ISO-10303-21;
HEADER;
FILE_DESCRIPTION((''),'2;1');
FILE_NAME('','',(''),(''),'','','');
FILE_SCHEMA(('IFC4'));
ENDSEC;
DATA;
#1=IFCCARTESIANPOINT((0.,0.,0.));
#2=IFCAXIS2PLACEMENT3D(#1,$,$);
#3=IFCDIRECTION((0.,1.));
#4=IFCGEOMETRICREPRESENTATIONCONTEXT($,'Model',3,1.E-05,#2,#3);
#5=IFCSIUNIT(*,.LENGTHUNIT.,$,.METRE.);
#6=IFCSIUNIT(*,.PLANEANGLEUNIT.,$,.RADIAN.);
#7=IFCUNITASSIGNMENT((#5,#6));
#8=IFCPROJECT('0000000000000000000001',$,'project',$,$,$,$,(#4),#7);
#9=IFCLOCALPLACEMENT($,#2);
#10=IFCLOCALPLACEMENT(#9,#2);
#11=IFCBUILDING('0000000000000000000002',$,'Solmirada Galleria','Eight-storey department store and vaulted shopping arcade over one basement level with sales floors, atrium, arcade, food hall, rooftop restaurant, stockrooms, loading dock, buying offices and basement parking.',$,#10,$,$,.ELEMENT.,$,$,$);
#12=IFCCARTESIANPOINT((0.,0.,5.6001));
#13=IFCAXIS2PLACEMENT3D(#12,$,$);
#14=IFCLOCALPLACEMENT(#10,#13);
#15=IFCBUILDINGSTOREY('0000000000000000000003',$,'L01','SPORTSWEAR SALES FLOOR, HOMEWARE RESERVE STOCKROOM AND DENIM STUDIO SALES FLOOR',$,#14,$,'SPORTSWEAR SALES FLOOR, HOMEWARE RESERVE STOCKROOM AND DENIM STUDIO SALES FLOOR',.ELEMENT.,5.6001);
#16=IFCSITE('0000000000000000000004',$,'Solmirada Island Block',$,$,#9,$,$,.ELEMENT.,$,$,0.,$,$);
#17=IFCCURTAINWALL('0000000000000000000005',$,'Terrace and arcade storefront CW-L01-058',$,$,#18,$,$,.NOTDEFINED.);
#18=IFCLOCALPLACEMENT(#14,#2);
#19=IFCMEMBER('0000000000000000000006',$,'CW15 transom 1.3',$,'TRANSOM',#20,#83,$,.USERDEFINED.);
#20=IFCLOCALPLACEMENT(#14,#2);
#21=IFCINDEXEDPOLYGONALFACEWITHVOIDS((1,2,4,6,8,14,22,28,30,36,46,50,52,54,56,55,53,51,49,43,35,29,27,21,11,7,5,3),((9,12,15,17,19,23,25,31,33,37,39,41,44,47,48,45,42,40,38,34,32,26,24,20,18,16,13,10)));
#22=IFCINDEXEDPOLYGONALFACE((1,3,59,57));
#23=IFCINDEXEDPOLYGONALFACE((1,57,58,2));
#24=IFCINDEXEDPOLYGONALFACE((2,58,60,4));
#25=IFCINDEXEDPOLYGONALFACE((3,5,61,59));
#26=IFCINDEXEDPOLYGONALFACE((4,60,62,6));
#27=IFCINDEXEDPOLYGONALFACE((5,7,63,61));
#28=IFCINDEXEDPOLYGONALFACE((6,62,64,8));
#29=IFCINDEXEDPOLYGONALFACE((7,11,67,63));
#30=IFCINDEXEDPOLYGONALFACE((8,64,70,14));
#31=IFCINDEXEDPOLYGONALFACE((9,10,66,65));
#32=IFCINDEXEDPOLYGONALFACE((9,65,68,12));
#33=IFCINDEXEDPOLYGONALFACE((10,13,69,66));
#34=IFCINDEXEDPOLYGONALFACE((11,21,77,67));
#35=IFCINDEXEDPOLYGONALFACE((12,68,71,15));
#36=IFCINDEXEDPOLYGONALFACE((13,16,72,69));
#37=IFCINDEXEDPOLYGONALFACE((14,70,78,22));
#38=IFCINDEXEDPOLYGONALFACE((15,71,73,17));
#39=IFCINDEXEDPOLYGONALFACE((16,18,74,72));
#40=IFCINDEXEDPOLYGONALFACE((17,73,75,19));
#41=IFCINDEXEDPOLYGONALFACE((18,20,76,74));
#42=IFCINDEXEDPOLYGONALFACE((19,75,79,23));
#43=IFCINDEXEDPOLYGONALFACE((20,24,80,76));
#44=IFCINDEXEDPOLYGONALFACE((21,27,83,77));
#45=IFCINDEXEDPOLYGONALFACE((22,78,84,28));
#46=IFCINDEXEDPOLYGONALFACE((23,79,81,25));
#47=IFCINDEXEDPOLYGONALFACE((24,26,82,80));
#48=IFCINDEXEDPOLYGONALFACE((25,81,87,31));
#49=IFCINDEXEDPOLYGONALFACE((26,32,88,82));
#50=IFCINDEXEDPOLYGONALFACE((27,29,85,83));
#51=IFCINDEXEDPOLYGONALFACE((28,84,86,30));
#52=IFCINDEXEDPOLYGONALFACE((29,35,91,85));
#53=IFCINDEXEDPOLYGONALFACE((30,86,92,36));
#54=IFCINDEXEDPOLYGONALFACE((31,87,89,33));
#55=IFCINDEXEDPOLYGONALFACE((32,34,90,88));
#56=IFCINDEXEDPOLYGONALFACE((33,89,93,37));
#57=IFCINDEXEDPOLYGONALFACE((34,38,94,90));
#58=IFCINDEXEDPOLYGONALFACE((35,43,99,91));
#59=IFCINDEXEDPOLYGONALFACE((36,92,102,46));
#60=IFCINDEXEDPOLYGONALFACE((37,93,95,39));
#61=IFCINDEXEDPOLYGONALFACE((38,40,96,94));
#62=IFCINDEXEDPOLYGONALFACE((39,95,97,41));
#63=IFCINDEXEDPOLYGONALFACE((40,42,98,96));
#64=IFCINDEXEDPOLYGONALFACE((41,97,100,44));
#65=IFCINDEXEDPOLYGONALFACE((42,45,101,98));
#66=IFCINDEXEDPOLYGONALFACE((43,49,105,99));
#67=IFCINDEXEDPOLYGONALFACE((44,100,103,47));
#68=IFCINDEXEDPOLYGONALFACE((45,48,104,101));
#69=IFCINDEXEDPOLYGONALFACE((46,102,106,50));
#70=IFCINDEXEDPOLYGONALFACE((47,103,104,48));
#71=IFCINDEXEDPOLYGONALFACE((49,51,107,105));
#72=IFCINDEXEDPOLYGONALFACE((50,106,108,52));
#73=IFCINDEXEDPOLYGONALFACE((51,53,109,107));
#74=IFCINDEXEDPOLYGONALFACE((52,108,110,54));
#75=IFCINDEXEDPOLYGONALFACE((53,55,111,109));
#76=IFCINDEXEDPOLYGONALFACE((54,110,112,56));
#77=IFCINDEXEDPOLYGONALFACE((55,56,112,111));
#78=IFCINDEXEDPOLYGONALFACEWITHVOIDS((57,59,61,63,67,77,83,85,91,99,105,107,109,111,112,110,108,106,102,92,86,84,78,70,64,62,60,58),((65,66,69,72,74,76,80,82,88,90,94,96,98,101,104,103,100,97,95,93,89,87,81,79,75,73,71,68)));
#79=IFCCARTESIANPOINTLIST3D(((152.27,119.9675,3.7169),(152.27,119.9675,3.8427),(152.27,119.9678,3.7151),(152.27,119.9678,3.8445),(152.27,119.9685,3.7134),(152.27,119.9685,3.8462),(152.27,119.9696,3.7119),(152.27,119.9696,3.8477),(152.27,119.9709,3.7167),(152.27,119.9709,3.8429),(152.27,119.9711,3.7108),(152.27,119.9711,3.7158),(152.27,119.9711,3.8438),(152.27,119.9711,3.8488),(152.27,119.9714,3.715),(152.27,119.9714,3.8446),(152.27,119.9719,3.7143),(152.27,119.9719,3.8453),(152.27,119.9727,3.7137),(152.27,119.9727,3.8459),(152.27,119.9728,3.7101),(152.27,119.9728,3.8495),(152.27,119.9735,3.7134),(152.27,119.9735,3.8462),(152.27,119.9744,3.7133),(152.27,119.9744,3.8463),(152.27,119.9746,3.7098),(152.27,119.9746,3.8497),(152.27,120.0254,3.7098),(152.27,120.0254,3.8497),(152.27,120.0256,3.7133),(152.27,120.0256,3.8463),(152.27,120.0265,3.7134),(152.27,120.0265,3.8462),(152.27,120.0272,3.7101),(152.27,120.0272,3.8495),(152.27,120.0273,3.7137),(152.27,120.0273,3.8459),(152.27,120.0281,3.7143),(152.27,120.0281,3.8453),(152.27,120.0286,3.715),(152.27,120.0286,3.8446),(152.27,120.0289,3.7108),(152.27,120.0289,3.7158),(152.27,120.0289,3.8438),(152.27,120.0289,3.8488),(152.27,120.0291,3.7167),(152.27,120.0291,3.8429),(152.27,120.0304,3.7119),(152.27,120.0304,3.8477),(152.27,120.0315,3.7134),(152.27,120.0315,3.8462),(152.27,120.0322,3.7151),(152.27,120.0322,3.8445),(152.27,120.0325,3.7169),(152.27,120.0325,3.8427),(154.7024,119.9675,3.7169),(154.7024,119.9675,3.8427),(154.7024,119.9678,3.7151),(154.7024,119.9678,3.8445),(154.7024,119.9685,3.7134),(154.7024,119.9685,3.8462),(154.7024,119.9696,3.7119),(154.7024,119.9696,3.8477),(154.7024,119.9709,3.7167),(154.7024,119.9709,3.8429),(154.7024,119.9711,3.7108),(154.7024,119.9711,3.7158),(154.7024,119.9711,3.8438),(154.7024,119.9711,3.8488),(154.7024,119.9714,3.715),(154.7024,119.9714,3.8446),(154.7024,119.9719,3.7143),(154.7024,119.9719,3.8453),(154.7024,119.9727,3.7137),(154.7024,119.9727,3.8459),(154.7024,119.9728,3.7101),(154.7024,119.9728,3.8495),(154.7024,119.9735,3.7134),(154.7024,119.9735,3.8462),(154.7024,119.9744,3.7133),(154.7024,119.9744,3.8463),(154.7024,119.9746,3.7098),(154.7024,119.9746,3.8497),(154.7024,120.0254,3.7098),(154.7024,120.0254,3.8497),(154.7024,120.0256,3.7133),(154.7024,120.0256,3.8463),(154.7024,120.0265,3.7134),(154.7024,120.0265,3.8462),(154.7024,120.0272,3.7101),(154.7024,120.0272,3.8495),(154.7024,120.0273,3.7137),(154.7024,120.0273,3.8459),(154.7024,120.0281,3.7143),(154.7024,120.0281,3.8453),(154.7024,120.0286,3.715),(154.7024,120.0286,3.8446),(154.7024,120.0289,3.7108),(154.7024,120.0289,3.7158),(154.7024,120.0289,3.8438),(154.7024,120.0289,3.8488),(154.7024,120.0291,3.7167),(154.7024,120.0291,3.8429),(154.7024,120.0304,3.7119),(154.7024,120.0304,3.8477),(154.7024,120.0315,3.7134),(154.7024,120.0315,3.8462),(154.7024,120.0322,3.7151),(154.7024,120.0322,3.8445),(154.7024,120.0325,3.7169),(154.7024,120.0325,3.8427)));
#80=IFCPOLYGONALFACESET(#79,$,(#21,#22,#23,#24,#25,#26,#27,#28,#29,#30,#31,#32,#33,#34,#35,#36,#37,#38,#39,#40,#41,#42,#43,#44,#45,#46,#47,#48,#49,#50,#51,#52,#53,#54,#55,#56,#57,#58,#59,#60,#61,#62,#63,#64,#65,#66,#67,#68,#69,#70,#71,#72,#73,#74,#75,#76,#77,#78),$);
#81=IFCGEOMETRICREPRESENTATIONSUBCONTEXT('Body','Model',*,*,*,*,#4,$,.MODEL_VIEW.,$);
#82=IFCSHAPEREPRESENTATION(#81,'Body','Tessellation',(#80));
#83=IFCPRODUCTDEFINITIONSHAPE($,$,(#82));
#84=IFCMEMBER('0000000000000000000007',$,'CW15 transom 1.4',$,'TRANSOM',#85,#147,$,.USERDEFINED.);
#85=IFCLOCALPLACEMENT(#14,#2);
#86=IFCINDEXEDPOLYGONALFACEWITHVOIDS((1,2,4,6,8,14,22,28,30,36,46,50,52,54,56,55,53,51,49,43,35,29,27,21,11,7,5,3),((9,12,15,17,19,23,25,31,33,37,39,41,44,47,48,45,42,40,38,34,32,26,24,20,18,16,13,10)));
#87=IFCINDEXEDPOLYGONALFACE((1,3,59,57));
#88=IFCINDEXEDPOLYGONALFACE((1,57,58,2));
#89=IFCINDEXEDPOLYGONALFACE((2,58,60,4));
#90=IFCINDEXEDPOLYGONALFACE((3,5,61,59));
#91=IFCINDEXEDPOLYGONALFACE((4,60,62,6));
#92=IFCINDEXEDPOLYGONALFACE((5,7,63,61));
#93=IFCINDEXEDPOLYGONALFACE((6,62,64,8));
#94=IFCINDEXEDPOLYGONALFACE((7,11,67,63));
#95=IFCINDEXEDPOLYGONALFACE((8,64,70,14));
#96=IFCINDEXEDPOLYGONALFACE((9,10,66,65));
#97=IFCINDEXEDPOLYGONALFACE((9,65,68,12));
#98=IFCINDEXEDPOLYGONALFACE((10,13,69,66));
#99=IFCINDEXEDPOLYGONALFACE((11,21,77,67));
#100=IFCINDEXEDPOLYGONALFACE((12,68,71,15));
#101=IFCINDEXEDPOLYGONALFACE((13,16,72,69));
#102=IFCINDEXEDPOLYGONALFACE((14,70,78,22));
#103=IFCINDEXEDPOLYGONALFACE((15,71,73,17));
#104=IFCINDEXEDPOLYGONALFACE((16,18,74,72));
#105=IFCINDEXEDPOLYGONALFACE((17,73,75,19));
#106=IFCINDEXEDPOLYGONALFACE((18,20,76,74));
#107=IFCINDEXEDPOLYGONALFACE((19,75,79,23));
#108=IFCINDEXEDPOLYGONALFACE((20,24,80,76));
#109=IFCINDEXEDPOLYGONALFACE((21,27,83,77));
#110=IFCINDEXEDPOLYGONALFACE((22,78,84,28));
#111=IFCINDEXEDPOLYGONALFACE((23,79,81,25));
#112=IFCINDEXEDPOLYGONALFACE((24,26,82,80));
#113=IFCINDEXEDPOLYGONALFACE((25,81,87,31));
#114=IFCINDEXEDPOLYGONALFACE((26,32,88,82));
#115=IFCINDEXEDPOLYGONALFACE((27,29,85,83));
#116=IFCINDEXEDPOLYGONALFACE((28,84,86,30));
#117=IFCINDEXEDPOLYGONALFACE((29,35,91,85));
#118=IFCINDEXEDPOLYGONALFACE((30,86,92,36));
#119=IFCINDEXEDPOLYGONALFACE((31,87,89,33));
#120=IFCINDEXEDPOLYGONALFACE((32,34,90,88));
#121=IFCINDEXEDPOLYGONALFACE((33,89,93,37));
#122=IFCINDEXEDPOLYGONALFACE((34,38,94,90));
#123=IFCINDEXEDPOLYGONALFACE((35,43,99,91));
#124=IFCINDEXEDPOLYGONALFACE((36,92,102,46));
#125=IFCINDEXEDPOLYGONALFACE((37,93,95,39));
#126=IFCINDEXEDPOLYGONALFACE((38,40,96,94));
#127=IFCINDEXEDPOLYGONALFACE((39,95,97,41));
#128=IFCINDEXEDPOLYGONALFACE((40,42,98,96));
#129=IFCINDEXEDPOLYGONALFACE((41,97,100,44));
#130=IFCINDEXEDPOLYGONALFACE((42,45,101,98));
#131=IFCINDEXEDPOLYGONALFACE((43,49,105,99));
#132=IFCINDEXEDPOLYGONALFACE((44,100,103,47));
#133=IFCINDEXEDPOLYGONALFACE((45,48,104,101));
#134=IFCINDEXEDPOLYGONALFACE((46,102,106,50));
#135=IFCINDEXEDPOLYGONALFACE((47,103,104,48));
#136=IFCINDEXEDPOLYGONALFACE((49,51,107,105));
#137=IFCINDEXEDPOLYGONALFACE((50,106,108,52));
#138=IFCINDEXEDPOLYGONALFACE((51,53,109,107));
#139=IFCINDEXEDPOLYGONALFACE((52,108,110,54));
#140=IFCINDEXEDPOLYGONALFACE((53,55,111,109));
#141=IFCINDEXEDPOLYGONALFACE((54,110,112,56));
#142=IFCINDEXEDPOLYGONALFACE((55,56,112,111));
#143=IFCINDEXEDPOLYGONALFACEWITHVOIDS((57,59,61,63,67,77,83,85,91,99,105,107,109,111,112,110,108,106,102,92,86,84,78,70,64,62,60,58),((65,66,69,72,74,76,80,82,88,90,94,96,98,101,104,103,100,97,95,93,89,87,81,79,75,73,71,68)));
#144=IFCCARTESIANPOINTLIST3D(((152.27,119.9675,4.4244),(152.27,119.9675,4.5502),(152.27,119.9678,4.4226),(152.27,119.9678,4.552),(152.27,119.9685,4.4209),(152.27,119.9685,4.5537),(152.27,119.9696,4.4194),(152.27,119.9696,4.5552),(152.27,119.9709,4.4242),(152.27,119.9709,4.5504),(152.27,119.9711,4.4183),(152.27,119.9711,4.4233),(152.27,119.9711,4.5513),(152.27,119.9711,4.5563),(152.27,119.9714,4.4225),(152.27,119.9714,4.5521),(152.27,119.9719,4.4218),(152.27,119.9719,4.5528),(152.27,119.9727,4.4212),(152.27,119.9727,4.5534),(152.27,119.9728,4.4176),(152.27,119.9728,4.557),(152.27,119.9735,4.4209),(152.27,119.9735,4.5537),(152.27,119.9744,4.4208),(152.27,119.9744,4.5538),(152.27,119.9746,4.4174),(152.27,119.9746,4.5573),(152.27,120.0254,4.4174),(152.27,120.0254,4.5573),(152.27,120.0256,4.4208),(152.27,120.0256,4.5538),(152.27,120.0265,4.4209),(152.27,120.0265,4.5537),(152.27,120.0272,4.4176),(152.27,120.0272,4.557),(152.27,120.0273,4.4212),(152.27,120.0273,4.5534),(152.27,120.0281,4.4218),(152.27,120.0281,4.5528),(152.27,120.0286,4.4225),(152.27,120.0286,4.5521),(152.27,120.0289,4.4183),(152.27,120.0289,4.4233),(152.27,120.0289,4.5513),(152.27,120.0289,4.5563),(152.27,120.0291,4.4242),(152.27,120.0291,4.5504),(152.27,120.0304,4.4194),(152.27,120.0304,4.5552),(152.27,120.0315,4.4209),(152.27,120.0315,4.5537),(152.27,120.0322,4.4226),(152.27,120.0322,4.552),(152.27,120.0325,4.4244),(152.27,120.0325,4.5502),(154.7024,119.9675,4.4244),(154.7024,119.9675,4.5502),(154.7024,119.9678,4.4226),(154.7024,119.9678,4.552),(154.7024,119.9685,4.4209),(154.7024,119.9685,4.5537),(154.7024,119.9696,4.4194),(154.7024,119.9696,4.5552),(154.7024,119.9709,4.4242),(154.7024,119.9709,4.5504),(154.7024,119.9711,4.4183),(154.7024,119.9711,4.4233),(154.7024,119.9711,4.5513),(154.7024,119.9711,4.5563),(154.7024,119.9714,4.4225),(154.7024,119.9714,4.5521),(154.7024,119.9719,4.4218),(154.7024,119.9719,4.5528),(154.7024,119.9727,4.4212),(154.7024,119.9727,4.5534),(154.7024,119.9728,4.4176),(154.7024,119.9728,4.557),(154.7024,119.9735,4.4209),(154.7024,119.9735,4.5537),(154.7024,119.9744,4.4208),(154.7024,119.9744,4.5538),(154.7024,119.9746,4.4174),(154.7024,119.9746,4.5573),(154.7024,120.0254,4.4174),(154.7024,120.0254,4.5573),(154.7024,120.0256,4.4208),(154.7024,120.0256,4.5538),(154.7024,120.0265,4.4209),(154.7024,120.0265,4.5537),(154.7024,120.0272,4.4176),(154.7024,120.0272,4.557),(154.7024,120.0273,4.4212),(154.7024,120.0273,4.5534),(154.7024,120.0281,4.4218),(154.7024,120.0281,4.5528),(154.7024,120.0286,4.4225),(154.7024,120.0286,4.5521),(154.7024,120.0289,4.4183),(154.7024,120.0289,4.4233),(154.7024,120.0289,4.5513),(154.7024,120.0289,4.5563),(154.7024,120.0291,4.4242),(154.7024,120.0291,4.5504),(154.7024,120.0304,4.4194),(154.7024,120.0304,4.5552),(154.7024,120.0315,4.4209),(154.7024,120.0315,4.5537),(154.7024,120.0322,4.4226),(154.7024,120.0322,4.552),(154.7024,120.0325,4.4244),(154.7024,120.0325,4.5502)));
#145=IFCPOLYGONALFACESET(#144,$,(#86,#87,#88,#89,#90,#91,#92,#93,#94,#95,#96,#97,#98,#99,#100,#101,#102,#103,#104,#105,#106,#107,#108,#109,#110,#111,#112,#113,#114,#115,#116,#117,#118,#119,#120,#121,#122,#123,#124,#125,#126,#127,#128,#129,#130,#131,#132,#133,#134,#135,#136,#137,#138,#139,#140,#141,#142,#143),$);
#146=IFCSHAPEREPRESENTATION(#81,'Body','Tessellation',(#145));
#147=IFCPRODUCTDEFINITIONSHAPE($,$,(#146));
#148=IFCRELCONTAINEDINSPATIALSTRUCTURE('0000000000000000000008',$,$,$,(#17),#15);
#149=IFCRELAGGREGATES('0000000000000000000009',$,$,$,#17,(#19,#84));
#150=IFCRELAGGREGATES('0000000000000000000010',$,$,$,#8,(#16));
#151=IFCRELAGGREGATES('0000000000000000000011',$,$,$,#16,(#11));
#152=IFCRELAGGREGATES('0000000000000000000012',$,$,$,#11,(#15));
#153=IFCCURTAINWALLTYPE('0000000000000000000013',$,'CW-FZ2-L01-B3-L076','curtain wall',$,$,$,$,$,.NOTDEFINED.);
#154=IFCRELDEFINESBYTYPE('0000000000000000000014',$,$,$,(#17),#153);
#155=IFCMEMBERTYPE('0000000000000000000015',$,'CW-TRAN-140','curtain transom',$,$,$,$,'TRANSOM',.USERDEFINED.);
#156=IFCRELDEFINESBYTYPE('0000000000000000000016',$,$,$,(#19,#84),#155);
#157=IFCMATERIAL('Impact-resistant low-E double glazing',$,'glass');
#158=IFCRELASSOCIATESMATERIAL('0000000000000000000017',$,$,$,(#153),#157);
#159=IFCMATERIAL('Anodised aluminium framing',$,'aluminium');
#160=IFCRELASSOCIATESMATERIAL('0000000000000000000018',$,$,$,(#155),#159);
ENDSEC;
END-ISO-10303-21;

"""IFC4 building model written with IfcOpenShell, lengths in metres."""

from ifc_helpers import new_model, si_unit, direction, frame, origin, origin_2d, place, context, subcontext, project, spatial, hollow_rectangle, extrude, material, material_profile, profile_set, type_object, element, aggregate, save


model = new_model("IFC4")

# Units and contexts
model_context = context("Model", 3, precision=1e-05, world=origin(), true_north=direction((0.0, 1.0)))
body_context = subcontext(model_context, "Body", "Model", "MODEL_VIEW")
ifc_project = project(units=[si_unit("LENGTHUNIT", "METRE"), si_unit("PLANEANGLEUNIT", "RADIAN")], contexts=[model_context])

# Site, building, storey
site_placement = place(None, origin())
site = spatial("IfcSite", under=ifc_project, at=site_placement, Name="Solmirada Island Block", CompositionType="ELEMENT", RefElevation=0.0)
building_placement = place(site_placement, origin())
building = spatial("IfcBuilding", under=site, at=building_placement, Name="Solmirada Galleria", Description="Eight-storey department store and vaulted shopping arcade over one basement level with sales floors, atrium, arcade, food hall, rooftop restaurant, stockrooms, loading dock, buying offices and basement parking.", CompositionType="ELEMENT")
storey_placement = place(building_placement, frame((0.0, 0.0, 5.6001)))
storey = spatial("IfcBuildingStorey", under=building, at=storey_placement, Name="L01", Description="SPORTSWEAR SALES FLOOR, HOMEWARE RESERVE STOCKROOM AND DENIM STUDIO SALES FLOOR", LongName="SPORTSWEAR SALES FLOOR, HOMEWARE RESERVE STOCKROOM AND DENIM STUDIO SALES FLOOR", CompositionType="ELEMENT", Elevation=5.6001)

# Curtain wall, members
ifc_material_1 = material(Name="Impact-resistant low-E double glazing", Category="glass")
curtain_wall_type = type_object("IfcCurtainWallType", Name="CW-FZ2-L01-B3-L076", Description="curtain wall", PredefinedType="NOTDEFINED", material=ifc_material_1)
curtain_wall_placement = place(storey_placement, origin())
curtain_wall = element("IfcCurtainWall", 1, at=curtain_wall_placement, inside=storey, type_object=curtain_wall_type, Name="Terrace and arcade storefront CW-L01-058", PredefinedType="NOTDEFINED")
ifc_material_2 = material(Name="Anodised aluminium framing", Category="aluminium")
ifc_material_profile_1 = material_profile(ifc_material_2, hollow_rectangle(XDim=0.0649, YDim=0.1399, WallThickness=0.0034, InnerFilletRadius=0.0034, OuterFilletRadius=0.0071, at=origin_2d()), Name="ALU-TRAN-140X65")
ifc_profile_set_1 = profile_set([ifc_material_profile_1], Name="Anodised aluminium framing")
member_type_1 = type_object("IfcMemberType", Name="CW-TRAN-140", Description="curtain transom", ElementType="TRANSOM", PredefinedType="USERDEFINED", material=ifc_profile_set_1)
member_1_placement = place(storey_placement, frame((152.27, 120.0, 3.7798), z_axis=(1.0, 0.0, 0.0), x_axis=(0.0, 1.0, 0.0)))
member_1 = element("IfcMember", 2, at=member_1_placement, type_object=member_type_1, Name="CW15 transom 1.3", ObjectType="TRANSOM", PredefinedType="USERDEFINED", context=body_context, shape_type="SweptSolid", body=[
    extrude(hollow_rectangle(XDim=0.0649, YDim=0.1399, WallThickness=0.0034, InnerFilletRadius=0.0034, OuterFilletRadius=0.0071, at=origin_2d()), origin(), (0.0, 0.0, 1.0), 2.4324),
])
member_2_placement = place(storey_placement, frame((152.27, 120.0, 4.4873), z_axis=(1.0, 0.0, 0.0), x_axis=(0.0, 1.0, 0.0)))
member_2 = element("IfcMember", 3, at=member_2_placement, type_object=member_type_1, Name="CW15 transom 1.4", ObjectType="TRANSOM", PredefinedType="USERDEFINED", context=body_context, shape_type="SweptSolid", body=[
    extrude(hollow_rectangle(XDim=0.0649, YDim=0.1399, WallThickness=0.0034, InnerFilletRadius=0.0034, OuterFilletRadius=0.0071, at=origin_2d()), origin(), (0.0, 0.0, 1.0), 2.4324),
])
aggregate(curtain_wall, [member_1, member_2])

save(model, "model.ifc")
